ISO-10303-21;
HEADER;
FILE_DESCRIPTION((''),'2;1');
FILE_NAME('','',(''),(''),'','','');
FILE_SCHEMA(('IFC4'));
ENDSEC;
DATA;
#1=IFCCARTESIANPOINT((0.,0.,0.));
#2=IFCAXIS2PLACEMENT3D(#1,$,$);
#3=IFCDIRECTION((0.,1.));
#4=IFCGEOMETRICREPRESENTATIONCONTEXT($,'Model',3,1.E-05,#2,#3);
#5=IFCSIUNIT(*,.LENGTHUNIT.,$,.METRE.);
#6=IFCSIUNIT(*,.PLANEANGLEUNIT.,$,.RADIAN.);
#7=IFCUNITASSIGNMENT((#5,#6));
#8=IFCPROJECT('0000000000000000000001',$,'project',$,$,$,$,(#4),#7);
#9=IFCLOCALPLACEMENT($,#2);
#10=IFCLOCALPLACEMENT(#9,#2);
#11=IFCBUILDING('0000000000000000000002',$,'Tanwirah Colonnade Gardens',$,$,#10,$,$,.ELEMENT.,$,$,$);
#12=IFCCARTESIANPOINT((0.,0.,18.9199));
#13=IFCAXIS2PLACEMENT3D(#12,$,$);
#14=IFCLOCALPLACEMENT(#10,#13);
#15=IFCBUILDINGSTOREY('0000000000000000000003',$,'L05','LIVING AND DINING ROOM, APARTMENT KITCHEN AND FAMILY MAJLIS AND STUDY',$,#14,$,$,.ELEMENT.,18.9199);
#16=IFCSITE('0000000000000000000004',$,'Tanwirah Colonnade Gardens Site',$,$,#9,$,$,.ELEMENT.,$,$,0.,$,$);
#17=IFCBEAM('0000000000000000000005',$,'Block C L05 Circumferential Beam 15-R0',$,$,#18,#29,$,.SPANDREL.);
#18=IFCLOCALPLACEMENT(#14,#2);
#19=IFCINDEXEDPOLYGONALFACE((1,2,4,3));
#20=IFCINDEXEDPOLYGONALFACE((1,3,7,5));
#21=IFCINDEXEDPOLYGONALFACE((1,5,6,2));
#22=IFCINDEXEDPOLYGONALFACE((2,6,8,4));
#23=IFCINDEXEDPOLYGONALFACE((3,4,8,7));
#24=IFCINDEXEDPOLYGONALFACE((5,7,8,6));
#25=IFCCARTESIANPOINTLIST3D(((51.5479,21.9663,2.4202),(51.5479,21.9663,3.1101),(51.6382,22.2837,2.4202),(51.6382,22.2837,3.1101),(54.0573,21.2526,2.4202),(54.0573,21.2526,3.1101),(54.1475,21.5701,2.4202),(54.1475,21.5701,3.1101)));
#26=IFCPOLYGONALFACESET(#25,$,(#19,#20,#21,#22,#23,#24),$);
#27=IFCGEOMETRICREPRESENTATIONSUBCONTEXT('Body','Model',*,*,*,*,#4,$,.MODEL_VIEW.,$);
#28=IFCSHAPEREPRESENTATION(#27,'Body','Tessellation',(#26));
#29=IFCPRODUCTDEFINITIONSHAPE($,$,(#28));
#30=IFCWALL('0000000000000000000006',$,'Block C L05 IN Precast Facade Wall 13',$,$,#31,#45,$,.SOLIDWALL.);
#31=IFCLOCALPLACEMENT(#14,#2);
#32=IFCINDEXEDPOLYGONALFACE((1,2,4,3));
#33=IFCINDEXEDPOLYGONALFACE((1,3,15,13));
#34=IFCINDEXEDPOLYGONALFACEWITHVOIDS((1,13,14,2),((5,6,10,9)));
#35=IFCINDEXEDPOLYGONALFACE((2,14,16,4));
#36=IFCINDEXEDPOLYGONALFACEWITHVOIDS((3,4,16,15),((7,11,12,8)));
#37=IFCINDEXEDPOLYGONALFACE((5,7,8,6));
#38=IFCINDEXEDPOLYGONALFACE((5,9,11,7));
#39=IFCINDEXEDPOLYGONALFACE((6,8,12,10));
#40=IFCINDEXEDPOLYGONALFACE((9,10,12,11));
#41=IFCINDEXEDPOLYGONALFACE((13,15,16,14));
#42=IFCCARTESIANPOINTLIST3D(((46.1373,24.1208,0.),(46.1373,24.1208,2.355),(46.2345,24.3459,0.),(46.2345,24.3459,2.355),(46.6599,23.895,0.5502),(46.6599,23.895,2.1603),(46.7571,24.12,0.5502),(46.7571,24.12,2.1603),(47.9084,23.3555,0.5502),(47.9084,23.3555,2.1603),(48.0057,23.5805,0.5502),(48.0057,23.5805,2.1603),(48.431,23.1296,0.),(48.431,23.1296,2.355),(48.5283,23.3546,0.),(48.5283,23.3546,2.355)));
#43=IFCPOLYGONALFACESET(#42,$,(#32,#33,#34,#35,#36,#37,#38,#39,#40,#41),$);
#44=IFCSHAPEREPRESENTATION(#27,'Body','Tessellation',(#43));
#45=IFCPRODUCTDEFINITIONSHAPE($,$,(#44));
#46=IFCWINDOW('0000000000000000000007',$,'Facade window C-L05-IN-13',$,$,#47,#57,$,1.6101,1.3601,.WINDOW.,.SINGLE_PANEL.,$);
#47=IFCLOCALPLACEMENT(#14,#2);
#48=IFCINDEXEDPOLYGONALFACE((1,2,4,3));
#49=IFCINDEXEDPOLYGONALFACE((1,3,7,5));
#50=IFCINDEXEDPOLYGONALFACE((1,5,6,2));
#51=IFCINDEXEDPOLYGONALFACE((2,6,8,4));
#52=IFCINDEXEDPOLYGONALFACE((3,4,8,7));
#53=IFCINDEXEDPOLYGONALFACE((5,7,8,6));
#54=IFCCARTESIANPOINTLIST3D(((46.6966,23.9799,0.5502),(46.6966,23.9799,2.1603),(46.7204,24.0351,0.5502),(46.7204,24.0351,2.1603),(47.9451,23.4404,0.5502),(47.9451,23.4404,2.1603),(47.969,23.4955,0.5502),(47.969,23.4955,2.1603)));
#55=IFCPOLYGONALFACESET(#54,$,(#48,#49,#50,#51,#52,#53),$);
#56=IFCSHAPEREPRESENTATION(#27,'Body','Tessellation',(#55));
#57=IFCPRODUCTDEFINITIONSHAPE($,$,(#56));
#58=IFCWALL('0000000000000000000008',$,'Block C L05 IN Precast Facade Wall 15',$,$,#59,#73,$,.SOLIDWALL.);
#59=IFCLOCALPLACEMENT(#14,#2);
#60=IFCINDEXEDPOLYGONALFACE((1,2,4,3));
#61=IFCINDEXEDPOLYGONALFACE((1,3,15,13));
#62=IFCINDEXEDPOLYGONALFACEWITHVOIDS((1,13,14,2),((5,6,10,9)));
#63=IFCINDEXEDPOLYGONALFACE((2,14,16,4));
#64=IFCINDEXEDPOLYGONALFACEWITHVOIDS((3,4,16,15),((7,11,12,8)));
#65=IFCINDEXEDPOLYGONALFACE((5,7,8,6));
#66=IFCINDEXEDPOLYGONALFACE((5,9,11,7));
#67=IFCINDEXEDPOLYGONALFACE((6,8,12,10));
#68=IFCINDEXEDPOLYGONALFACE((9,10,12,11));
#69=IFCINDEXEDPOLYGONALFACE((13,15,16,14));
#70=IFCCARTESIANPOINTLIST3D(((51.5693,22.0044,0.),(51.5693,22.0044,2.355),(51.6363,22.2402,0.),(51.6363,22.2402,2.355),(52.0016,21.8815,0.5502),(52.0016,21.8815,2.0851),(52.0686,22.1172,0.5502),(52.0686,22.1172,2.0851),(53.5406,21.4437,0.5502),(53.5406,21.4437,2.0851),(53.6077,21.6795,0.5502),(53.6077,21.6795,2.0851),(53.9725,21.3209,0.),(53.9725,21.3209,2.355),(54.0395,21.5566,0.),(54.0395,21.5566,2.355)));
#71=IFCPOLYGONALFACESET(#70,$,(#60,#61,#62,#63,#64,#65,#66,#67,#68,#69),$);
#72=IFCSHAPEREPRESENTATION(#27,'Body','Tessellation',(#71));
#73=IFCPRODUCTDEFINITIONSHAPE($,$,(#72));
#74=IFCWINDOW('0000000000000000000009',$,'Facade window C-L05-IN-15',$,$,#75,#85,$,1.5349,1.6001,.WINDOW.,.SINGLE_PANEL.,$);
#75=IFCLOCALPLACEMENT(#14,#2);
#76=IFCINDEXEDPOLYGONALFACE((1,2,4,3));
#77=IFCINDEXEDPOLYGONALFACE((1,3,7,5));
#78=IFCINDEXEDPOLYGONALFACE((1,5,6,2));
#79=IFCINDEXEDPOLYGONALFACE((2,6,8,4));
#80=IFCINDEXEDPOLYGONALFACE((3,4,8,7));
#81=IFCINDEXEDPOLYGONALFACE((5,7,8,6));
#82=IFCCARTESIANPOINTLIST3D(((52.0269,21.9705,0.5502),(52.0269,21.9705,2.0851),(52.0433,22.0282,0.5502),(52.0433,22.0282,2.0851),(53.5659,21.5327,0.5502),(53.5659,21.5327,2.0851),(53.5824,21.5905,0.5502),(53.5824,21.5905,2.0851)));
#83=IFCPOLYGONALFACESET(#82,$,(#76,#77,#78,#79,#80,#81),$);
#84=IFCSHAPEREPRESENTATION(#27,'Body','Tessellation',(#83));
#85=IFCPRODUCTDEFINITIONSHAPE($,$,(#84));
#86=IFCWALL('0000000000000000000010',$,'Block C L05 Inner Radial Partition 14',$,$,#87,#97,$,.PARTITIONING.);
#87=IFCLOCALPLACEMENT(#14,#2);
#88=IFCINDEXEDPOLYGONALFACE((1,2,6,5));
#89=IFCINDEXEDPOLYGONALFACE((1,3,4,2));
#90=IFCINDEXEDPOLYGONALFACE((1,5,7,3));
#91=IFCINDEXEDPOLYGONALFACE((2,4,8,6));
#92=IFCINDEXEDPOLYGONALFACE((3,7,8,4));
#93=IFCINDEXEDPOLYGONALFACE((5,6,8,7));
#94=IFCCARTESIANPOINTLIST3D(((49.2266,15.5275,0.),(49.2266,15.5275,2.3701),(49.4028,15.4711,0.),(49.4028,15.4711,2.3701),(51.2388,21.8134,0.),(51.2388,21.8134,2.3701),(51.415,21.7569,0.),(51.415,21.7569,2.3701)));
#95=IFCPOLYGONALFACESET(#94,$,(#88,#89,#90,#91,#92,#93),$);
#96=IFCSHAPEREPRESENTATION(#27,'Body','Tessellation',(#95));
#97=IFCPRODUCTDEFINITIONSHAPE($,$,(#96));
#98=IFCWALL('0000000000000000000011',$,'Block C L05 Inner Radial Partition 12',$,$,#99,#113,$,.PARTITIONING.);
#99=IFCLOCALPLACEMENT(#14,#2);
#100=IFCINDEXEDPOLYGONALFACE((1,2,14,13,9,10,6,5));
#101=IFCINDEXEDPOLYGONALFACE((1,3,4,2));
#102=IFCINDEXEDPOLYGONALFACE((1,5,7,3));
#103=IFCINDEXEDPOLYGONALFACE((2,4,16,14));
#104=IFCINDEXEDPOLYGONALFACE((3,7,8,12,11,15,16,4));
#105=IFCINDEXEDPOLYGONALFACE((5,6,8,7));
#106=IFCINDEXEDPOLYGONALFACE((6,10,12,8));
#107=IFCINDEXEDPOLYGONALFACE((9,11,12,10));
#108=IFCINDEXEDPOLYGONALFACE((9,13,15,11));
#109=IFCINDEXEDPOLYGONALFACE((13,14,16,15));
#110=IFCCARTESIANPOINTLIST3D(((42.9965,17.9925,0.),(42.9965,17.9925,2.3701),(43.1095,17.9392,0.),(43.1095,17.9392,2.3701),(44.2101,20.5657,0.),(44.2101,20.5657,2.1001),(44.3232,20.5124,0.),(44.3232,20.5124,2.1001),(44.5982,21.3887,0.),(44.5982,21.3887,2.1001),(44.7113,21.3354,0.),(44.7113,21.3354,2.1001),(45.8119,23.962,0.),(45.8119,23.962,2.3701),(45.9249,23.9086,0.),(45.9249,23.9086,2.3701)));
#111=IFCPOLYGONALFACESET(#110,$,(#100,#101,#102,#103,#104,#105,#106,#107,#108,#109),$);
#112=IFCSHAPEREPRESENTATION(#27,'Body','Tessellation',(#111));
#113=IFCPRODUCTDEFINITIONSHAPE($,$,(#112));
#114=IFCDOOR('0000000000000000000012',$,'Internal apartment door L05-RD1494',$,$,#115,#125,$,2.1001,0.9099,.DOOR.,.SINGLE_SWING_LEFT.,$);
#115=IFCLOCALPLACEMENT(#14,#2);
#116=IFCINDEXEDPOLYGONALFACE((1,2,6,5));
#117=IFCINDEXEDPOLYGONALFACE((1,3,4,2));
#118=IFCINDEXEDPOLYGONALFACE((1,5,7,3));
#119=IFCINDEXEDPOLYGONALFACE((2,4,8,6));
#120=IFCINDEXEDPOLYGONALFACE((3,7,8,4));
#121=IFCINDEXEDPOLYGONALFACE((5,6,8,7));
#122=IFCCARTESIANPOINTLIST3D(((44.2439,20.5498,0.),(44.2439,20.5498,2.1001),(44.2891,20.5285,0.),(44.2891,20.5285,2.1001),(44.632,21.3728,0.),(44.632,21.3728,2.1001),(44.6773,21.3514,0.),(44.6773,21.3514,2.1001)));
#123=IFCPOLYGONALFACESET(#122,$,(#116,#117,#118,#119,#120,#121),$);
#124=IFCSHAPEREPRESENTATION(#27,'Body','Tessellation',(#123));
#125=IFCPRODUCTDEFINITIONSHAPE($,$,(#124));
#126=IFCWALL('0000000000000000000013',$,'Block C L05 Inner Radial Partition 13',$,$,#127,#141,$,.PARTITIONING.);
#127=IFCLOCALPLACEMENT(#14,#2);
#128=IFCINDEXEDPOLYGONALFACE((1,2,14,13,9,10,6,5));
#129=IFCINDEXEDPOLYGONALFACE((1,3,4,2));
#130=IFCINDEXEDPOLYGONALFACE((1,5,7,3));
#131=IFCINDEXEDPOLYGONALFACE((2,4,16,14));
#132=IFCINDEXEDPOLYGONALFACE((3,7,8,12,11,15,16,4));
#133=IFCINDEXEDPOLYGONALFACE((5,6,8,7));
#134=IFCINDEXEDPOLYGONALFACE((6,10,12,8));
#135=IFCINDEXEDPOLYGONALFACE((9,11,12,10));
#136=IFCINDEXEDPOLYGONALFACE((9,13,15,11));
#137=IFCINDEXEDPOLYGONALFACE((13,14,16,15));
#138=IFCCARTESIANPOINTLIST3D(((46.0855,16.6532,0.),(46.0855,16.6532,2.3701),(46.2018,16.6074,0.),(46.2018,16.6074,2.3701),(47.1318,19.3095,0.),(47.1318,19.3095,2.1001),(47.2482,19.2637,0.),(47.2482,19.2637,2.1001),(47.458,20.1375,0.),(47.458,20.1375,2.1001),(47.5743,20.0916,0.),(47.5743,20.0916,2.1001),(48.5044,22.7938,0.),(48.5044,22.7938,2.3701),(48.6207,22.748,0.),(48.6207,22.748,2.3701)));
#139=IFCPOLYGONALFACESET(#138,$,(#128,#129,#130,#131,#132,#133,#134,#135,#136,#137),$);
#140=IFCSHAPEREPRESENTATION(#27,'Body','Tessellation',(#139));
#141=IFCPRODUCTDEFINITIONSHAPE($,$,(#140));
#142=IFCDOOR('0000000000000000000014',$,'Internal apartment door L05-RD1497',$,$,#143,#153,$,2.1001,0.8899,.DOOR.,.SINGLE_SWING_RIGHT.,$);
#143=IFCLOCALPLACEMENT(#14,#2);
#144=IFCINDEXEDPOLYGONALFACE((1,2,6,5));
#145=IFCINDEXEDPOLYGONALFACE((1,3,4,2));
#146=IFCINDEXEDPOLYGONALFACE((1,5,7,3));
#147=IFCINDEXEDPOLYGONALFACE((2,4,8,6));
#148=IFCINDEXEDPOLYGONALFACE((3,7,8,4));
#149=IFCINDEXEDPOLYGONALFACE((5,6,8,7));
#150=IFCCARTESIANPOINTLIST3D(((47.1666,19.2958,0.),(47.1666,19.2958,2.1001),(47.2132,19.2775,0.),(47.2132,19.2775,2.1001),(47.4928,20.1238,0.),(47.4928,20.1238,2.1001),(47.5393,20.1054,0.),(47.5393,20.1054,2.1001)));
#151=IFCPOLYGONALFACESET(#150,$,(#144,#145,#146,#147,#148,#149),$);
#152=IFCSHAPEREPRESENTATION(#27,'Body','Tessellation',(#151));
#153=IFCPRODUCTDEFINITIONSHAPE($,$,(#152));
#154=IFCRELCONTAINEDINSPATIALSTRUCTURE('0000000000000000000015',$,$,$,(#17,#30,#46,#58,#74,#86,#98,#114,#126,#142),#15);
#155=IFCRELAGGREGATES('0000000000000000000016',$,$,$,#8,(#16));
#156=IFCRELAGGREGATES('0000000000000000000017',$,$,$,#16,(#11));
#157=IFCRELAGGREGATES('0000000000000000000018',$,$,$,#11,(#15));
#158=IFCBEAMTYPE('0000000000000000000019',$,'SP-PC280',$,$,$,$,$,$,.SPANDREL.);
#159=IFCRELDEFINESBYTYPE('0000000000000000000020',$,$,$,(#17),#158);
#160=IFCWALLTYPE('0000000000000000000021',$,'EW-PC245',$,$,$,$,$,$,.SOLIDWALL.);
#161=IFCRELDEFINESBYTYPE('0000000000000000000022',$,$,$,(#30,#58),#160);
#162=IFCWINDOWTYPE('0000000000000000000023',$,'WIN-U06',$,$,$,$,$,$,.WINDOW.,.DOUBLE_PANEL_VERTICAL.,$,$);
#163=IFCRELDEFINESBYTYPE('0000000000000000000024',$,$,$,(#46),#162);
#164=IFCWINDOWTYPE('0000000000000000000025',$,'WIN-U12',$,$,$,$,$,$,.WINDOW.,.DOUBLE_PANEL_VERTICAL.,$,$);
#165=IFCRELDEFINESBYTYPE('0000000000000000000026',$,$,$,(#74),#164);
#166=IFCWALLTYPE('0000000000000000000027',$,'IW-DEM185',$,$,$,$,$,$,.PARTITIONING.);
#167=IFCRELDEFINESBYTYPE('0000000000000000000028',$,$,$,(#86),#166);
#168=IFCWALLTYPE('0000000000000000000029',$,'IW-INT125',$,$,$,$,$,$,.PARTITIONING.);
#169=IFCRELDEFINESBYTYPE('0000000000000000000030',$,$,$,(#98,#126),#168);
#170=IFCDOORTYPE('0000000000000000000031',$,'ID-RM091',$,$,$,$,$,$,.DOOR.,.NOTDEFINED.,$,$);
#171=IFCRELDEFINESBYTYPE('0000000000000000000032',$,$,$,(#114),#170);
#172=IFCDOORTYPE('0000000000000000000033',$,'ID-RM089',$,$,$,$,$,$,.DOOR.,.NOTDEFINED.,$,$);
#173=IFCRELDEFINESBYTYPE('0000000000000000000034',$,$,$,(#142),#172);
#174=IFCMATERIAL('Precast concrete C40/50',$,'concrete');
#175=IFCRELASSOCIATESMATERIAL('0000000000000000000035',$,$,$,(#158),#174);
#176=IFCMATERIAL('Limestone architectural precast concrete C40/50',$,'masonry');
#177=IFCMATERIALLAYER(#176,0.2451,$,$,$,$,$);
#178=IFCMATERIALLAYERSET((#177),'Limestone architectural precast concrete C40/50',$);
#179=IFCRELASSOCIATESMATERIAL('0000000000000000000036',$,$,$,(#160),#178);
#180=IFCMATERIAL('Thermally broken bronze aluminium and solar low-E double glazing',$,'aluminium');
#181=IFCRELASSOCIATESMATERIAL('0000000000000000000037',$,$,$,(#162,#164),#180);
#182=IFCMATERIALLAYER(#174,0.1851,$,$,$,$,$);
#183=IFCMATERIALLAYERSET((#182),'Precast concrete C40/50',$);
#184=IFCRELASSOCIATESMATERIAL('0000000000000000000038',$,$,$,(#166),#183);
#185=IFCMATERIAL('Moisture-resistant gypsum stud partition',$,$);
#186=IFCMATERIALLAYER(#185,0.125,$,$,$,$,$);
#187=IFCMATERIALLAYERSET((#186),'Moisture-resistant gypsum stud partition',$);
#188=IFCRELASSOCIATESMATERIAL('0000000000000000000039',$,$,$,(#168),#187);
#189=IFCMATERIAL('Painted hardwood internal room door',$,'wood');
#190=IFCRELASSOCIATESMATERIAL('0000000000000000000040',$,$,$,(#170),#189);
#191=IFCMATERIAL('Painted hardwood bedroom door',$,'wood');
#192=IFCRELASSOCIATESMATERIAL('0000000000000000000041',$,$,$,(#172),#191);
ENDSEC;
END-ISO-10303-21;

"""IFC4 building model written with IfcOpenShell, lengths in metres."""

from ifc_helpers import new_model, si_unit, direction, frame, frame_2d, origin, origin_2d, place, context, subcontext, project, spatial, rectangle, extrude, material, layer, layer_set, material_profile, profile_set, type_object, element, fill, save


model = new_model("IFC4")

# Units and contexts
model_context = context("Model", 3, precision=1e-05, world=origin(), true_north=direction((0.0, 1.0)))
body_context = subcontext(model_context, "Body", "Model", "MODEL_VIEW")
ifc_project = project(units=[si_unit("LENGTHUNIT", "METRE"), si_unit("PLANEANGLEUNIT", "RADIAN")], contexts=[model_context])

# Site, building, storey
site_placement = place(None, origin())
site = spatial("IfcSite", under=ifc_project, at=site_placement, Name="Tanwirah Colonnade Gardens Site", CompositionType="ELEMENT", RefElevation=0.0)
building_placement = place(site_placement, origin())
building = spatial("IfcBuilding", under=site, at=building_placement, Name="Tanwirah Colonnade Gardens", CompositionType="ELEMENT")
storey_placement = place(building_placement, frame((0.0, 0.0, 18.9199)))
storey = spatial("IfcBuildingStorey", under=building, at=storey_placement, Name="L05", Description="LIVING AND DINING ROOM, APARTMENT KITCHEN AND FAMILY MAJLIS AND STUDY", CompositionType="ELEMENT", Elevation=18.9199)

# Shared definitions
ifc_material_1 = material(Name="Precast concrete C40/50", Category="concrete")

# Beam
ifc_material_profile_1 = material_profile(ifc_material_1, rectangle(XDim=0.3301, YDim=0.6899, at=origin_2d()), Name="PC-SP 330x690")
ifc_profile_set_1 = profile_set([ifc_material_profile_1], Name="Precast concrete C40/50")
beam_type_1 = type_object("IfcBeamType", Name="SP-PC280", PredefinedType="SPANDREL", material=ifc_profile_set_1)
beam_1_placement = place(storey_placement, frame((51.593, 22.125, 2.7651), z_axis=(0.961859, -0.273547, 0.0), x_axis=(0.273547, 0.961859, 0.0)))
element("IfcBeam", 1, at=beam_1_placement, inside=storey, type_object=beam_type_1, Name="Block C L05 Circumferential Beam 15-R0", PredefinedType="SPANDREL", context=body_context, shape_type="SweptSolid", body=[
    extrude(rectangle(XDim=0.3301, YDim=0.6899, at=origin_2d()), origin(), (0.0, 0.0, 1.0), 2.6089),
])

# Wall, opening, window
ifc_material_2 = material(Name="Limestone architectural precast concrete C40/50", Category="masonry")
ifc_layer_1 = layer(ifc_material_2, 0.2451)
ifc_layer_set_1 = layer_set([ifc_layer_1], Name="Limestone architectural precast concrete C40/50")
wall_type_1 = type_object("IfcWallType", Name="EW-PC245", PredefinedType="SOLIDWALL", material=ifc_layer_set_1)
wall_1_placement = place(storey_placement, frame((46.1858, 24.2334, 0.0), z_axis=(0.0, 0.0, 1.0), x_axis=(0.917953, -0.396689, 0.0)))
wall_1 = element("IfcWall", 2, at=wall_1_placement, inside=storey, type_object=wall_type_1, Name="Block C L05 IN Precast Facade Wall 13", PredefinedType="SOLIDWALL", context=body_context, shape_type="SweptSolid", body=[
    extrude(rectangle(XDim=2.4988, YDim=0.2451, at=frame_2d((1.2495, 0.0))), origin(), (0.0, 0.0, 1.0), 2.355),
])
opening_1_placement = place(wall_1_placement, frame((0.5693, 0.0, 0.55)))
opening_1 = element("IfcOpeningElement", 3, at=opening_1_placement, cuts=wall_1, PredefinedType="OPENING", context=body_context, shape_type="SweptSolid", body=[
    extrude(rectangle(XDim=1.3601, YDim=1.6101, at=frame_2d((0.6802, 0.8052))), frame((0.0, 0.1326, 0.0), z_axis=(0.0, -1.0, 0.0), x_axis=(1.0, 0.0, 0.0)), (0.0, 0.0, 1.0), 0.2651),
])
ifc_material_3 = material(Name="Thermally broken bronze aluminium and solar low-E double glazing", Category="aluminium")
window_type_1 = type_object("IfcWindowType", Name="WIN-U06", PartitioningType="DOUBLE_PANEL_VERTICAL", PredefinedType="WINDOW", material=ifc_material_3)
window_1_placement = place(opening_1_placement, origin())
window_1 = element("IfcWindow", 4, at=window_1_placement, inside=storey, type_object=window_type_1, Name="Facade window C-L05-IN-13", OverallHeight=1.6101, OverallWidth=1.3601, PartitioningType="SINGLE_PANEL", PredefinedType="WINDOW", context=body_context, shape_type="SweptSolid", body=[
    extrude(rectangle(XDim=1.3601, YDim=1.6101, at=frame_2d((0.6802, 0.8052))), frame((0.0, 0.03, 0.0), z_axis=(0.0, -1.0, 0.0), x_axis=(1.0, 0.0, 0.0)), (0.0, 0.0, 1.0), 0.0601),
])
fill(opening_1, window_1)

# Wall, opening, window
wall_2_placement = place(storey_placement, frame((51.6028, 22.1223, 0.0), z_axis=(0.0, 0.0, 1.0), x_axis=(0.961848, -0.273585, 0.0)))
wall_2 = element("IfcWall", 5, at=wall_2_placement, inside=storey, type_object=wall_type_1, Name="Block C L05 IN Precast Facade Wall 15", PredefinedType="SOLIDWALL", context=body_context, shape_type="SweptSolid", body=[
    extrude(rectangle(XDim=2.4985, YDim=0.2451, at=frame_2d((1.2493, 0.0))), origin(), (0.0, 0.0, 1.0), 2.355),
])
opening_2_placement = place(wall_2_placement, frame((0.4495, 0.0, 0.55)))
opening_2 = element("IfcOpeningElement", 6, at=opening_2_placement, cuts=wall_2, PredefinedType="OPENING", context=body_context, shape_type="SweptSolid", body=[
    extrude(rectangle(XDim=1.6001, YDim=1.5349, at=frame_2d((0.8, 0.7676))), frame((0.0, 0.1326, 0.0), z_axis=(0.0, -1.0, 0.0), x_axis=(1.0, 0.0, 0.0)), (0.0, 0.0, 1.0), 0.2651),
])
window_type_2 = type_object("IfcWindowType", Name="WIN-U12", PartitioningType="DOUBLE_PANEL_VERTICAL", PredefinedType="WINDOW", material=ifc_material_3)
window_2_placement = place(opening_2_placement, origin())
window_2 = element("IfcWindow", 7, at=window_2_placement, inside=storey, type_object=window_type_2, Name="Facade window C-L05-IN-15", OverallHeight=1.5349, OverallWidth=1.6001, PartitioningType="SINGLE_PANEL", PredefinedType="WINDOW", context=body_context, shape_type="SweptSolid", body=[
    extrude(rectangle(XDim=1.6001, YDim=1.5349, at=frame_2d((0.8, 0.7676))), frame((0.0, 0.03, 0.0), z_axis=(0.0, -1.0, 0.0), x_axis=(1.0, 0.0, 0.0)), (0.0, 0.0, 1.0), 0.0601),
])
fill(opening_2, window_2)

# Wall
ifc_layer_2 = layer(ifc_material_1, 0.1851)
ifc_layer_set_2 = layer_set([ifc_layer_2], Name="Precast concrete C40/50")
wall_type_2 = type_object("IfcWallType", Name="IW-DEM185", PredefinedType="PARTITIONING", material=ifc_layer_set_2)
wall_3_placement = place(storey_placement, frame((51.3269, 21.7852, 0.0), z_axis=(0.0, 0.0, 1.0), x_axis=(-0.304875, -0.952392, 0.0)))
element("IfcWall", 8, at=wall_3_placement, inside=storey, type_object=wall_type_2, Name="Block C L05 Inner Radial Partition 14", PredefinedType="PARTITIONING", context=body_context, shape_type="SweptSolid", body=[
    extrude(rectangle(XDim=6.6001, YDim=0.1851, at=frame_2d((3.3, 0.0))), origin(), (0.0, 0.0, 1.0), 2.3701),
])

# Walls, openings, doors
ifc_material_4 = material(Name="Moisture-resistant gypsum stud partition")
ifc_layer_3 = layer(ifc_material_4, 0.125)
ifc_layer_set_3 = layer_set([ifc_layer_3], Name="Moisture-resistant gypsum stud partition")
wall_type_3 = type_object("IfcWallType", Name="IW-INT125", PredefinedType="PARTITIONING", material=ifc_layer_set_3)
wall_4_placement = place(storey_placement, frame((45.8684, 23.9353, 0.0), z_axis=(0.0, 0.0, 1.0), x_axis=(-0.426574, -0.904453, 0.0)))
wall_4 = element("IfcWall", 9, at=wall_4_placement, inside=storey, type_object=wall_type_3, Name="Block C L05 Inner Radial Partition 12", PredefinedType="PARTITIONING", context=body_context, shape_type="SweptSolid", body=[
    extrude(rectangle(XDim=6.6001, YDim=0.125, at=frame_2d((3.3, 0.0))), origin(), (0.0, 0.0, 1.0), 2.3701),
])
opening_3_placement = place(wall_4_placement, frame((2.845, 0.0, 0.0)))
opening_3 = element("IfcOpeningElement", 10, at=opening_3_placement, cuts=wall_4, PredefinedType="OPENING", context=body_context, shape_type="SweptSolid", body=[
    extrude(rectangle(XDim=0.9099, YDim=2.1001, at=frame_2d((0.4551, 1.05))), frame((0.0, 0.0725, 0.0), z_axis=(0.0, -1.0, 0.0), x_axis=(1.0, 0.0, 0.0)), (0.0, 0.0, 1.0), 0.145),
])
ifc_material_5 = material(Name="Painted hardwood internal room door", Category="wood")
door_type_1 = type_object("IfcDoorType", Name="ID-RM091", OperationType="NOTDEFINED", PredefinedType="DOOR", material=ifc_material_5)
door_1_placement = place(opening_3_placement, origin())
door_1 = element("IfcDoor", 11, at=door_1_placement, inside=storey, type_object=door_type_1, Name="Internal apartment door L05-RD1494", OperationType="SINGLE_SWING_LEFT", OverallHeight=2.1001, OverallWidth=0.9099, PredefinedType="DOOR", context=body_context, shape_type="SweptSolid", body=[
    extrude(rectangle(XDim=0.9099, YDim=2.1001, at=frame_2d((0.4551, 1.05))), frame((0.0, 0.0249, 0.0), z_axis=(0.0, -1.0, 0.0), x_axis=(1.0, 0.0, 0.0)), (0.0, 0.0, 1.0), 0.05),
])
fill(opening_3, door_1)
wall_5_placement = place(storey_placement, frame((48.5625, 22.7708, 0.0), z_axis=(0.0, 0.0, 1.0), x_axis=(-0.366513, -0.930413, 0.0)))
wall_5 = element("IfcWall", 12, at=wall_5_placement, inside=storey, type_object=wall_type_3, Name="Block C L05 Inner Radial Partition 13", PredefinedType="PARTITIONING", context=body_context, shape_type="SweptSolid", body=[
    extrude(rectangle(XDim=6.5999, YDim=0.125, at=frame_2d((3.2998, 0.0))), origin(), (0.0, 0.0, 1.0), 2.3701),
])
opening_4_placement = place(wall_5_placement, frame((2.855, 0.0, 0.0)))
opening_4 = element("IfcOpeningElement", 13, at=opening_4_placement, cuts=wall_5, PredefinedType="OPENING", context=body_context, shape_type="SweptSolid", body=[
    extrude(rectangle(XDim=0.8899, YDim=2.1001, at=frame_2d((0.4448, 1.05))), frame((0.0, 0.0725, 0.0), z_axis=(0.0, -1.0, 0.0), x_axis=(1.0, 0.0, 0.0)), (0.0, 0.0, 1.0), 0.145),
])
ifc_material_6 = material(Name="Painted hardwood bedroom door", Category="wood")
door_type_2 = type_object("IfcDoorType", Name="ID-RM089", OperationType="NOTDEFINED", PredefinedType="DOOR", material=ifc_material_6)
door_2_placement = place(opening_4_placement, origin())
door_2 = element("IfcDoor", 14, at=door_2_placement, inside=storey, type_object=door_type_2, Name="Internal apartment door L05-RD1497", OperationType="SINGLE_SWING_RIGHT", OverallHeight=2.1001, OverallWidth=0.8899, PredefinedType="DOOR", context=body_context, shape_type="SweptSolid", body=[
    extrude(rectangle(XDim=0.8899, YDim=2.1001, at=frame_2d((0.4448, 1.05))), frame((0.0, 0.0249, 0.0), z_axis=(0.0, -1.0, 0.0), x_axis=(1.0, 0.0, 0.0)), (0.0, 0.0, 1.0), 0.05),
])
fill(opening_4, door_2)

save(model, "model.ifc")
